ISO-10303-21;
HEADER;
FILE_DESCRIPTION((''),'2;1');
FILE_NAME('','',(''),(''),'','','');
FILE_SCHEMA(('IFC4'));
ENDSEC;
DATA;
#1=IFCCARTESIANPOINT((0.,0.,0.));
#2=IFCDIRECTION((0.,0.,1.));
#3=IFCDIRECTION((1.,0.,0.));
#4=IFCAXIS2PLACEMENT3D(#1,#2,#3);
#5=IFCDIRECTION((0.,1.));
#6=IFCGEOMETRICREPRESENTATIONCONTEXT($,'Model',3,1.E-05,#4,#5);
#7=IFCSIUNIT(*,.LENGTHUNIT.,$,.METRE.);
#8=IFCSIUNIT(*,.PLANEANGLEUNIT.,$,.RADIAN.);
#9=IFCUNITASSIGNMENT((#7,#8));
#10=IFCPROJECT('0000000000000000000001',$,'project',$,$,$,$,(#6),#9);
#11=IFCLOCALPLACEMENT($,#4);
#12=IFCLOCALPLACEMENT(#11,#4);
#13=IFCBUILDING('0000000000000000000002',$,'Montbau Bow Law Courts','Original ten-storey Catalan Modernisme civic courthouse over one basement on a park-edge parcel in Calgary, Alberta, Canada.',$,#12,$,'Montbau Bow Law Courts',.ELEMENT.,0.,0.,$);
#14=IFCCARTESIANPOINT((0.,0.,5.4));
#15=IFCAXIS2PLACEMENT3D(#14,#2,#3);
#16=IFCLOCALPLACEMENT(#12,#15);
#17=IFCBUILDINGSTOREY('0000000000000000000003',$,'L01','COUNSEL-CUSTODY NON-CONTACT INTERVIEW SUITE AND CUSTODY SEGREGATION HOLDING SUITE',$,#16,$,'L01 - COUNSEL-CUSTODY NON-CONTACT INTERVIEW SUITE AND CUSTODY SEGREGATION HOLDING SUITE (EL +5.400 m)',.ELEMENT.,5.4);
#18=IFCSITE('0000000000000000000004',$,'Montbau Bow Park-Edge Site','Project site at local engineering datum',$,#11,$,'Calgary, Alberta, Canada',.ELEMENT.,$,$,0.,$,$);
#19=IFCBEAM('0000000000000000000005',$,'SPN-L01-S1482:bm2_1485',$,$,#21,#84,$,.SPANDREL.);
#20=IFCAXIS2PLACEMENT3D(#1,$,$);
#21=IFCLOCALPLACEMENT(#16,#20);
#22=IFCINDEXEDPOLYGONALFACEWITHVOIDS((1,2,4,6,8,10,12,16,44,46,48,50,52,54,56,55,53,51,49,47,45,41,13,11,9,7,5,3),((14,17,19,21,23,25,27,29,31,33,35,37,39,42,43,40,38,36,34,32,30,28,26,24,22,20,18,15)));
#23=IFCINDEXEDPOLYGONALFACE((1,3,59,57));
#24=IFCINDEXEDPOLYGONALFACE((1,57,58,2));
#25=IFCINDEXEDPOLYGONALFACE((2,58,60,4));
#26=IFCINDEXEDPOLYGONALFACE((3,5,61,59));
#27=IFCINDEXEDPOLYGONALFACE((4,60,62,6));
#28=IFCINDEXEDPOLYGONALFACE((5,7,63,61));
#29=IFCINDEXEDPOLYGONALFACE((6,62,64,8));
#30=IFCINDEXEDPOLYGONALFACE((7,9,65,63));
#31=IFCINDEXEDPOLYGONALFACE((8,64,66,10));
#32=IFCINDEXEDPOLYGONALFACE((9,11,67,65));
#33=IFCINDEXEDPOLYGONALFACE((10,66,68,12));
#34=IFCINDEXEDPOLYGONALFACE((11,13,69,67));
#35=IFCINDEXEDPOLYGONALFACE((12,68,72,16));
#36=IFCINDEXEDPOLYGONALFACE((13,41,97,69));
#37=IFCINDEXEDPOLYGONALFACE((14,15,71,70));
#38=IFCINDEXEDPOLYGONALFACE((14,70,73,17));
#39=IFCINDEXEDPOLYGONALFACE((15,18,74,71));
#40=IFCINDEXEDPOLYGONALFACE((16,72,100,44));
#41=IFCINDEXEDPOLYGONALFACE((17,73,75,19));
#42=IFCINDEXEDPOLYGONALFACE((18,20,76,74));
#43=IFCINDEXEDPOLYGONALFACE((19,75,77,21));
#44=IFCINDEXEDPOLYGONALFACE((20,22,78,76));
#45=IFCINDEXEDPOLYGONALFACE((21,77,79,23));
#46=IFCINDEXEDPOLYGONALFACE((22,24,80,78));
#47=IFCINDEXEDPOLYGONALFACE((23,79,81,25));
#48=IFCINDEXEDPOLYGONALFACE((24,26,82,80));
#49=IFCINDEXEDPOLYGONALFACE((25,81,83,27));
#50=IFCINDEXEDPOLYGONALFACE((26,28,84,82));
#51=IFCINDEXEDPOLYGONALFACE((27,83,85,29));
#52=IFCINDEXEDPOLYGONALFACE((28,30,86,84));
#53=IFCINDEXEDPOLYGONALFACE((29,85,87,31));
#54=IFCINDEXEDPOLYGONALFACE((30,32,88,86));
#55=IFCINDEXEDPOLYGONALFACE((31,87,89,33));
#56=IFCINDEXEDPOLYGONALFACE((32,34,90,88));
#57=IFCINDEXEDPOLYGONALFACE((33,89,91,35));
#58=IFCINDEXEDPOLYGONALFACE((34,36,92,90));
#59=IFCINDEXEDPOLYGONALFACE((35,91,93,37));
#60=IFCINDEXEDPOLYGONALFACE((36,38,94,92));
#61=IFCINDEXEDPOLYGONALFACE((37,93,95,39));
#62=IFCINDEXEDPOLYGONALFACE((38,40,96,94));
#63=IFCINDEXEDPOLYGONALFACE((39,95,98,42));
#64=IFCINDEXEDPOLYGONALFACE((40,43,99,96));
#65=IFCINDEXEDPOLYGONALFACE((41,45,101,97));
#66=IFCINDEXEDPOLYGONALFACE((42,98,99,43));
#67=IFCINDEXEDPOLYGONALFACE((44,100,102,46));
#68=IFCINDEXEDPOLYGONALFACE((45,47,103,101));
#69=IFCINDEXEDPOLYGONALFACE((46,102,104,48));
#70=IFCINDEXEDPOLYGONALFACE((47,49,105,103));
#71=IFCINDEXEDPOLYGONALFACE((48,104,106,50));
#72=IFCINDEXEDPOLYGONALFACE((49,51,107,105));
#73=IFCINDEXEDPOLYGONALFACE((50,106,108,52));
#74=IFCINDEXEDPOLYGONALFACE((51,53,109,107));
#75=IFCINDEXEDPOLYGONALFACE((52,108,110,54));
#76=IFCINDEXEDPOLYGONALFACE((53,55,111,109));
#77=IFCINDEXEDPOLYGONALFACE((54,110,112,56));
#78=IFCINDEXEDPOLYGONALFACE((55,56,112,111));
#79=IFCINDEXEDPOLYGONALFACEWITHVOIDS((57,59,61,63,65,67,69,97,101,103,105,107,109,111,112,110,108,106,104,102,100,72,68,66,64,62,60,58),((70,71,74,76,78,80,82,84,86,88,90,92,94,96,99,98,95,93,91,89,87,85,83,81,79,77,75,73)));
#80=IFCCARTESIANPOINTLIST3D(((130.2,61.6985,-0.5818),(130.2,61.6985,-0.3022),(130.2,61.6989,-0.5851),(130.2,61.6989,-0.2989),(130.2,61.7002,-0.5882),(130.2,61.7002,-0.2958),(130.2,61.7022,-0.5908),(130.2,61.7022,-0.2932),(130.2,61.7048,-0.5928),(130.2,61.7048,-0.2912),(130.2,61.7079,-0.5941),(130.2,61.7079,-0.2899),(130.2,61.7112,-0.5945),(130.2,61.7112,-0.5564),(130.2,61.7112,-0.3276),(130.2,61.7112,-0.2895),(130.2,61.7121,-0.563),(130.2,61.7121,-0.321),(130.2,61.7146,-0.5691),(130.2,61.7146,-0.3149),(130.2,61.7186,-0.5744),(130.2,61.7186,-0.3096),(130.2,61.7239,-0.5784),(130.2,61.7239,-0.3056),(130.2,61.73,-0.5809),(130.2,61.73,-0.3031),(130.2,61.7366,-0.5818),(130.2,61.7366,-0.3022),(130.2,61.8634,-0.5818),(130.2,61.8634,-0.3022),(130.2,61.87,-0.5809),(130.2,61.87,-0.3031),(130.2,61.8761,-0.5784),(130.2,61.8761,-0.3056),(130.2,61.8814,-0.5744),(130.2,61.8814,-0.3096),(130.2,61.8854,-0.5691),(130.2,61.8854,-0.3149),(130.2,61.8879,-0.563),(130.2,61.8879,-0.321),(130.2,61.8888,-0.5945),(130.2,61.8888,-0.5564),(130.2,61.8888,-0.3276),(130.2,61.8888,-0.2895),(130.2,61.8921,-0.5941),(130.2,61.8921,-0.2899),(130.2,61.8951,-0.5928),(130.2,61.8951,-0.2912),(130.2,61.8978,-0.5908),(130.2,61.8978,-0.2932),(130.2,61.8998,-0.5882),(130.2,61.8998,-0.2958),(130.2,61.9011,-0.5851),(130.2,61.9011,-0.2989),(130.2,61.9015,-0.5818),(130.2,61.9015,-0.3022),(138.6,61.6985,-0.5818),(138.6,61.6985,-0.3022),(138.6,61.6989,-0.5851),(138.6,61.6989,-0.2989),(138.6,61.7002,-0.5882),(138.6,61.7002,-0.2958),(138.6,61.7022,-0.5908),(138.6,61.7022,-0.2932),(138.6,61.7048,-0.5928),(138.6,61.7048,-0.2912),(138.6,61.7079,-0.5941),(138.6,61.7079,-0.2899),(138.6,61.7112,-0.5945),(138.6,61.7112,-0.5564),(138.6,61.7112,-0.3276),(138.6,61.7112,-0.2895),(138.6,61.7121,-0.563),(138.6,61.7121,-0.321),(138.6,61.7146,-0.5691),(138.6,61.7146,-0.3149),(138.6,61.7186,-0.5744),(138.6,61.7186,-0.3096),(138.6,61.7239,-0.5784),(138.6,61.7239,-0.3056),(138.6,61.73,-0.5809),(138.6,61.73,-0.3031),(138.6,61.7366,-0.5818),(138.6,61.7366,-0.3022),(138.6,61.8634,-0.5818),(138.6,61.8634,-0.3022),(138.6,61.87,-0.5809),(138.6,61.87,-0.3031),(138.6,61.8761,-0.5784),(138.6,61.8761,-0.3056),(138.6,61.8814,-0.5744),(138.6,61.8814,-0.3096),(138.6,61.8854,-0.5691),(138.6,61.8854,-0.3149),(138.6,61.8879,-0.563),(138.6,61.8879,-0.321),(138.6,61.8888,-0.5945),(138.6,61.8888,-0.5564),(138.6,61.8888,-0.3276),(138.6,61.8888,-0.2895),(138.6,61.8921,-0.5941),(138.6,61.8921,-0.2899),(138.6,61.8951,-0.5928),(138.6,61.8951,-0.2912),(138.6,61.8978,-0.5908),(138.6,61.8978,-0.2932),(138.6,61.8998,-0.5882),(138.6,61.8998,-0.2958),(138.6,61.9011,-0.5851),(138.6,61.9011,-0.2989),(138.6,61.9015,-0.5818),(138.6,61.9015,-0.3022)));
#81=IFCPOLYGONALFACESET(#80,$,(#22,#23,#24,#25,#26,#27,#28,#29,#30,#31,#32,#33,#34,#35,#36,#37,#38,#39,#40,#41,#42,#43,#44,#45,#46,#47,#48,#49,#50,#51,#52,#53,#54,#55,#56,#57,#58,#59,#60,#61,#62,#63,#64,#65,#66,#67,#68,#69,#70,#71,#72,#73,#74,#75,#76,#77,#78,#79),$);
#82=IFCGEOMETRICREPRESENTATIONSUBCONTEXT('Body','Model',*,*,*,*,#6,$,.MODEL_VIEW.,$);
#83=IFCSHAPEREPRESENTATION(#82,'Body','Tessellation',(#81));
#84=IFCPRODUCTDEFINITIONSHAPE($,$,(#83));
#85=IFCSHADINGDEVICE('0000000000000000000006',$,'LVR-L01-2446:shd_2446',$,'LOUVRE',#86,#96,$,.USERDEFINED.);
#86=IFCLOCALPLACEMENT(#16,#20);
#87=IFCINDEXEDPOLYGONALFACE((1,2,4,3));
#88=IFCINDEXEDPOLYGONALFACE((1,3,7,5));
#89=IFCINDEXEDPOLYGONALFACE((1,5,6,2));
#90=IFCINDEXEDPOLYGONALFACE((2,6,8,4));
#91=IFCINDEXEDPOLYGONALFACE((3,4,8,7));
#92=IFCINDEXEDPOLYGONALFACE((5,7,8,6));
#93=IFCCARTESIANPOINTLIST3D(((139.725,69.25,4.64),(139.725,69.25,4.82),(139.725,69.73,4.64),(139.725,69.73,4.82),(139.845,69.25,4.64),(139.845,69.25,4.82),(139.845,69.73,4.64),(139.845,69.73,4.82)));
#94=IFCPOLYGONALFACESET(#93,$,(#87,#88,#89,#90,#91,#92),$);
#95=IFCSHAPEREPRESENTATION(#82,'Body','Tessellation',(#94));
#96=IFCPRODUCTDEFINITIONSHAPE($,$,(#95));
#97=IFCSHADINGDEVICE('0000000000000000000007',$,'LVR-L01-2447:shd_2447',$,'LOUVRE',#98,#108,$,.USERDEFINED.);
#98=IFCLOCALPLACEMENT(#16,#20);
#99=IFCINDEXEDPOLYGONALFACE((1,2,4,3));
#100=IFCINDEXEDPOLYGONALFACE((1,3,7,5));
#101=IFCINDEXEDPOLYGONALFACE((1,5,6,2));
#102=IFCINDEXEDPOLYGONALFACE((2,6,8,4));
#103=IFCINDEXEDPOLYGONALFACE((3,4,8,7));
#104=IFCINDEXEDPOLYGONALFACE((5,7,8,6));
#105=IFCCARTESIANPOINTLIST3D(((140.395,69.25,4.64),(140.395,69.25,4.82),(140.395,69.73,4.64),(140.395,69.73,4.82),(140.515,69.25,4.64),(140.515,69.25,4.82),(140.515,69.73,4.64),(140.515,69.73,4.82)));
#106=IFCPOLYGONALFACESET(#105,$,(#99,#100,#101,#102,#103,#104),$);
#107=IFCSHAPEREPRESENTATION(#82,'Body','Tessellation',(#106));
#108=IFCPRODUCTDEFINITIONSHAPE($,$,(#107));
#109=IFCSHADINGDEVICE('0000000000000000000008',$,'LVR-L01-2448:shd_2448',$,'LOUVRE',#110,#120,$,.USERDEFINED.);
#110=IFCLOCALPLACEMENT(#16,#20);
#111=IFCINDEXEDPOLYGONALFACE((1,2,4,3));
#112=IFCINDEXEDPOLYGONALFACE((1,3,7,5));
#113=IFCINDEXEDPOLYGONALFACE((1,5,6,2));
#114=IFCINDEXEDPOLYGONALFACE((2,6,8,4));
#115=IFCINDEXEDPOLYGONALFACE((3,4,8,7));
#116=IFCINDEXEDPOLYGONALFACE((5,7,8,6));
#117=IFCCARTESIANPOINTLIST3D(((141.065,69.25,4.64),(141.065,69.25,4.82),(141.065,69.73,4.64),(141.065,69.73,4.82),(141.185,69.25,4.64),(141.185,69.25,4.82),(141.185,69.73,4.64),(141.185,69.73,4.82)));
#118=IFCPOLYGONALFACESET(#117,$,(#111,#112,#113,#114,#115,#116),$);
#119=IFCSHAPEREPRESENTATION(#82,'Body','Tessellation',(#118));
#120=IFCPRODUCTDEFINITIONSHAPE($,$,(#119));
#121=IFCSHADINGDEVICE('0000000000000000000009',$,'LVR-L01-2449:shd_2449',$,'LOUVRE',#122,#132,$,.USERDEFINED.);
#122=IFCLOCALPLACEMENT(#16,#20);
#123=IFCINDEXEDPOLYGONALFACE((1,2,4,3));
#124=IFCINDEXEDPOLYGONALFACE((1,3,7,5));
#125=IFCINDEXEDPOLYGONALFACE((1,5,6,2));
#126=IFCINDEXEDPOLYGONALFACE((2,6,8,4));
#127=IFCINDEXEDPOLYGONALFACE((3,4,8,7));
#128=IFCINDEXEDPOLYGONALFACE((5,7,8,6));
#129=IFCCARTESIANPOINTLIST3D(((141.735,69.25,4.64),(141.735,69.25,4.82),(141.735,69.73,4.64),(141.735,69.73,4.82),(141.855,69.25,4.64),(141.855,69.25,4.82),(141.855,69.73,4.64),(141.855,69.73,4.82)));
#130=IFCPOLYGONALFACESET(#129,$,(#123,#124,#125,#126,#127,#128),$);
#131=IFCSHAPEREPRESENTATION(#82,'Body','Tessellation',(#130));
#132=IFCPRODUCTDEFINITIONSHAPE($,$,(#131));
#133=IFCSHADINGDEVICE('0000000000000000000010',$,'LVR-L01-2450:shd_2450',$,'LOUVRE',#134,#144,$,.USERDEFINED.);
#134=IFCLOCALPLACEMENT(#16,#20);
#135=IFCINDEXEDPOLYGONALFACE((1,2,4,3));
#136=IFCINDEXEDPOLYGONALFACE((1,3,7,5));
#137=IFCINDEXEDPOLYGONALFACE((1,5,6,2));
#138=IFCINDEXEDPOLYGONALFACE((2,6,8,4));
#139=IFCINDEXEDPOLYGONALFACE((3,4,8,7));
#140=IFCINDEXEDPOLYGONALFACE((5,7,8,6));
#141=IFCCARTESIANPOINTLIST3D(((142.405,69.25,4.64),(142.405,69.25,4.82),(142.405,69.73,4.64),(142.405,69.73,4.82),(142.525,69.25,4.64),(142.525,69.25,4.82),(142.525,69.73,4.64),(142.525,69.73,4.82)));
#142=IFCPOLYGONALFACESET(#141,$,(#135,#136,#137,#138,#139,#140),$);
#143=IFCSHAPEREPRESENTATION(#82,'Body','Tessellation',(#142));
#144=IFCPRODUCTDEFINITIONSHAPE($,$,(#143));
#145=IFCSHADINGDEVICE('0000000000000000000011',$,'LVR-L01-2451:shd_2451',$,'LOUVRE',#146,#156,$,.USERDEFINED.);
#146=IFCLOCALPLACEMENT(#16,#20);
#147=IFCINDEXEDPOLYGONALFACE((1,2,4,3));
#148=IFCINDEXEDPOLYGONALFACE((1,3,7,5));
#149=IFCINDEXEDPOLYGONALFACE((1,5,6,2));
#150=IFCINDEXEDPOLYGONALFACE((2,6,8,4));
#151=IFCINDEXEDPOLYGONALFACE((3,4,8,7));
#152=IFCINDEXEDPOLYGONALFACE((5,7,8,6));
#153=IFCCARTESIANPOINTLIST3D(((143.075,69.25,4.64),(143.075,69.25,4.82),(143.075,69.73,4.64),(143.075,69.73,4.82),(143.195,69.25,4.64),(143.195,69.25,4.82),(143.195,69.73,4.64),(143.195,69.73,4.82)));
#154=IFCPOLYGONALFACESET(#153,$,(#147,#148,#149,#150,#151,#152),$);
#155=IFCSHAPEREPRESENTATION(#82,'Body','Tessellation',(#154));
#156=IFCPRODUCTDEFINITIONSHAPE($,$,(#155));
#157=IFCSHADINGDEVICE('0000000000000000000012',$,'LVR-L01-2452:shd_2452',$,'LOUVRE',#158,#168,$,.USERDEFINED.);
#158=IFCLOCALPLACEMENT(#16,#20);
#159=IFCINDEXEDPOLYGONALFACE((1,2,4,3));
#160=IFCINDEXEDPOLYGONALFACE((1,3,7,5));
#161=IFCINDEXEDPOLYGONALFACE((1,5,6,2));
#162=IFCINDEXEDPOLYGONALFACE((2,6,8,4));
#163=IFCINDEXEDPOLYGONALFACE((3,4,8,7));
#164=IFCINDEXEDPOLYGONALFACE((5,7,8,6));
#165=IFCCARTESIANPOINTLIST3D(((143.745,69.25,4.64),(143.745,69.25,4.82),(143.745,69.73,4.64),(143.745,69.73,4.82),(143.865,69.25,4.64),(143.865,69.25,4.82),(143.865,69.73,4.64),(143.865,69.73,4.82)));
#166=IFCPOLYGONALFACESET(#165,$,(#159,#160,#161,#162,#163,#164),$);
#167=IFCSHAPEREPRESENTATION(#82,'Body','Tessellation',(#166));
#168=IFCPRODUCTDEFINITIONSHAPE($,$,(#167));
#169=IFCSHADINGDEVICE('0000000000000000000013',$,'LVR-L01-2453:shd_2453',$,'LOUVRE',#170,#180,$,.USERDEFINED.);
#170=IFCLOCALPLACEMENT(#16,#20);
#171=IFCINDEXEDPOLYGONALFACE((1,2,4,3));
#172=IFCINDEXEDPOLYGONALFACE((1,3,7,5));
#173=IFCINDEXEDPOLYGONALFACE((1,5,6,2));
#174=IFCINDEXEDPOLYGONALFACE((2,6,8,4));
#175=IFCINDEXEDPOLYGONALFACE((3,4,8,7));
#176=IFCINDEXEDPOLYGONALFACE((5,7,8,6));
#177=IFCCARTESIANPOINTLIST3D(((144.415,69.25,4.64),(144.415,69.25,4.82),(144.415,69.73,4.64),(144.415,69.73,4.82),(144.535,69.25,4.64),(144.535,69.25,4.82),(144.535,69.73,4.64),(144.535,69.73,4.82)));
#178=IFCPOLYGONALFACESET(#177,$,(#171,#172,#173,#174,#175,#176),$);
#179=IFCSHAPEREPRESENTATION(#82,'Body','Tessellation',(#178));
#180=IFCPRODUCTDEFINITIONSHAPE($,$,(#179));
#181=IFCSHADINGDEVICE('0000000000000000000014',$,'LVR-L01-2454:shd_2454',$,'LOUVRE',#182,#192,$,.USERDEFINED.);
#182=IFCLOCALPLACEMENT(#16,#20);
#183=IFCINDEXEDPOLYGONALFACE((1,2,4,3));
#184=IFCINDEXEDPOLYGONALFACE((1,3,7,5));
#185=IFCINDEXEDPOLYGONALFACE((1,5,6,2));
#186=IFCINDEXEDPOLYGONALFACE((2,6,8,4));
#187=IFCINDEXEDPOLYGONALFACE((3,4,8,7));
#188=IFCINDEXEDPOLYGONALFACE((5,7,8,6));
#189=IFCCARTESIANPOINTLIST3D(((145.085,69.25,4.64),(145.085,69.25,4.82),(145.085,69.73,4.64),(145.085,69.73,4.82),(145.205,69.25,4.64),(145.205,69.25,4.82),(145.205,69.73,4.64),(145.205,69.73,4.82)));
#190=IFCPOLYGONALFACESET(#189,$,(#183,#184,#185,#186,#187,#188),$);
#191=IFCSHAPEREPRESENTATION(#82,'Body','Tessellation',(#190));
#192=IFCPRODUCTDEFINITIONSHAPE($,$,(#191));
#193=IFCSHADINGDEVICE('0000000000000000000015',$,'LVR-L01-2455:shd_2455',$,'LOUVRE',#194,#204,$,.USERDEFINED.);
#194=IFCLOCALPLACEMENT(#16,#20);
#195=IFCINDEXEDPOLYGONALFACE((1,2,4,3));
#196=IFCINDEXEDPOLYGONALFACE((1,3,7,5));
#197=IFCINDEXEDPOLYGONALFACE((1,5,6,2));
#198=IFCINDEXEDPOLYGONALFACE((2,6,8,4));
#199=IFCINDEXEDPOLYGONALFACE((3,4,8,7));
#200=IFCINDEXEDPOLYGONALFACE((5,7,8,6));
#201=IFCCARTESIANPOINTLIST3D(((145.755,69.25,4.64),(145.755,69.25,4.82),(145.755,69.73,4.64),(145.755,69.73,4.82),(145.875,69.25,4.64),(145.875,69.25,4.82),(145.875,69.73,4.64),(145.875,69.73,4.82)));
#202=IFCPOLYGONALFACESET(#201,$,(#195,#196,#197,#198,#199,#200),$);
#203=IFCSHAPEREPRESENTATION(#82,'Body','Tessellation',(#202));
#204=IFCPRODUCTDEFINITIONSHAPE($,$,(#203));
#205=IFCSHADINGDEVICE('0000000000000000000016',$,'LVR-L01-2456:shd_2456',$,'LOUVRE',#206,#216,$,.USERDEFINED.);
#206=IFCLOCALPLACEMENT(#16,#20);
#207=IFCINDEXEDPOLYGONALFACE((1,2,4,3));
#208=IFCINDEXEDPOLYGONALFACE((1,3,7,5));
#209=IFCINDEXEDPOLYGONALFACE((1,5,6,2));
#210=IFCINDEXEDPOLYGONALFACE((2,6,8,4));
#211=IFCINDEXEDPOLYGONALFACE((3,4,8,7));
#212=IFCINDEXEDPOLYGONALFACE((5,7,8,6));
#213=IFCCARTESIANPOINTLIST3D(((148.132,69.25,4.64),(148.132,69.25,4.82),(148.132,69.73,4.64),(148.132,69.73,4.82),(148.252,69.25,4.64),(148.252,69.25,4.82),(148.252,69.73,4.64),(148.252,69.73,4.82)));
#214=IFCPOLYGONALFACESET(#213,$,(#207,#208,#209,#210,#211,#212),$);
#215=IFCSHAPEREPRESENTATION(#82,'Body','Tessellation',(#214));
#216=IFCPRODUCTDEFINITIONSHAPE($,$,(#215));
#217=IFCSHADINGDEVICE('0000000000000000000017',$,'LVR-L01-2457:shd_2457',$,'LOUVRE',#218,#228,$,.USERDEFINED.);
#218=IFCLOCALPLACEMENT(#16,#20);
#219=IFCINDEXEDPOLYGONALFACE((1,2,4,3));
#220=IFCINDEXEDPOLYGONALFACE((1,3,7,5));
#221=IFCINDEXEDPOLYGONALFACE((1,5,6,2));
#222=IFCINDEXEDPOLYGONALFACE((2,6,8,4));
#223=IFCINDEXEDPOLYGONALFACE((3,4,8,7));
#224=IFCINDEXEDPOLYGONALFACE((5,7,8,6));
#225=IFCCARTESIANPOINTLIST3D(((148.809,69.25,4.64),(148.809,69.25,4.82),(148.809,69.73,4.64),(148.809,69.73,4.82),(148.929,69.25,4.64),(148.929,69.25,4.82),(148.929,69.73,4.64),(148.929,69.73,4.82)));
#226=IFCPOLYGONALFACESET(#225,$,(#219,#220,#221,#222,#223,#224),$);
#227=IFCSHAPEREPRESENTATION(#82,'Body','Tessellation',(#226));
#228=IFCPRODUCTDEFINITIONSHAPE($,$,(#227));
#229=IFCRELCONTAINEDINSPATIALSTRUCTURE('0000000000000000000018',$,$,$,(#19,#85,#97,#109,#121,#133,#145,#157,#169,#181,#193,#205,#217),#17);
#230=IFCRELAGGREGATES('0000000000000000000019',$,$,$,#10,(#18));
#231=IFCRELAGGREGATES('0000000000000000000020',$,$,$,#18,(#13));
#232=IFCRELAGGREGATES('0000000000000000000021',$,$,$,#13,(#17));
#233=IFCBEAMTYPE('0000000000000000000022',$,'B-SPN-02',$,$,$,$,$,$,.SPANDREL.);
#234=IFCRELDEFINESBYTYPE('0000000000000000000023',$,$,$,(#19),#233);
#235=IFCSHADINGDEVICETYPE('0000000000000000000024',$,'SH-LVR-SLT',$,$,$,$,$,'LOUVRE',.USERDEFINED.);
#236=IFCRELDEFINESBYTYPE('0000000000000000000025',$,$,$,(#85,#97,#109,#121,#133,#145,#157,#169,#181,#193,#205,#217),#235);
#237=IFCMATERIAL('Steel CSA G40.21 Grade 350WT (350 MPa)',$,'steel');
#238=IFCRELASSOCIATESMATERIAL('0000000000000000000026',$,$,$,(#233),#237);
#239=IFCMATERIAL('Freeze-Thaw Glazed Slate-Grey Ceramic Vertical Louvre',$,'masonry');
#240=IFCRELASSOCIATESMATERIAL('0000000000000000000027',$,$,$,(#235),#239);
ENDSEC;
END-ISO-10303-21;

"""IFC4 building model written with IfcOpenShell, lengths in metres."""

from ifc_helpers import new_model, si_unit, direction, frame, origin_with_axes, origin_2d_with_axis, place, context, subcontext, project, spatial, rectangle, hollow_rectangle, extrude, material, material_profile, profile_set, type_object, element, save


model = new_model("IFC4")

# Units and contexts
model_context = context("Model", 3, precision=1e-05, world=origin_with_axes(), true_north=direction((0.0, 1.0)))
body_context = subcontext(model_context, "Body", "Model", "MODEL_VIEW")
ifc_project = project(units=[si_unit("LENGTHUNIT", "METRE"), si_unit("PLANEANGLEUNIT", "RADIAN")], contexts=[model_context])

# Site, building, storey
site_placement = place(None, origin_with_axes())
site = spatial("IfcSite", under=ifc_project, at=site_placement, Name="Montbau Bow Park-Edge Site", Description="Project site at local engineering datum", LongName="Calgary, Alberta, Canada", CompositionType="ELEMENT", RefElevation=0.0)
building_placement = place(site_placement, origin_with_axes())
building = spatial("IfcBuilding", under=site, at=building_placement, Name="Montbau Bow Law Courts", Description="Original ten-storey Catalan Modernisme civic courthouse over one basement on a park-edge parcel in Calgary, Alberta, Canada.", LongName="Montbau Bow Law Courts", CompositionType="ELEMENT", ElevationOfRefHeight=0.0, ElevationOfTerrain=0.0)
storey_placement = place(building_placement, frame((0.0, 0.0, 5.4), z_axis=(0.0, 0.0, 1.0), x_axis=(1.0, 0.0, 0.0)))
storey = spatial("IfcBuildingStorey", under=building, at=storey_placement, Name="L01", Description="COUNSEL-CUSTODY NON-CONTACT INTERVIEW SUITE AND CUSTODY SEGREGATION HOLDING SUITE", LongName="L01 - COUNSEL-CUSTODY NON-CONTACT INTERVIEW SUITE AND CUSTODY SEGREGATION HOLDING SUITE (EL +5.400 m)", CompositionType="ELEMENT", Elevation=5.4)

# Beam
ifc_material_1 = material(Name="Steel CSA G40.21 Grade 350WT (350 MPa)", Category="steel")
ifc_material_profile_1 = material_profile(ifc_material_1, hollow_rectangle(XDim=0.203, YDim=0.305, WallThickness=0.0127, InnerFilletRadius=0.0254, OuterFilletRadius=0.0127, at=origin_2d_with_axis()), Name="HSS305X203X13", Category="Main", Priority=0)
ifc_profile_set_1 = profile_set([ifc_material_profile_1], Name="Steel CSA G40.21 Grade 350WT (350 MPa)")
beam_type_1 = type_object("IfcBeamType", Name="B-SPN-02", PredefinedType="SPANDREL", material=ifc_profile_set_1)
for number, where, z_axis, x_axis, name in (
    (1, (130.2, 61.8, 4.958), (1.0, 0.0, 0.0), (0.0, 1.0, 0.0), "SPN-L01-S1482:bm2_1485"),
):
    element("IfcBeam", number, at=place(None, frame(where, z_axis=z_axis, x_axis=x_axis)), inside=storey, type_object=beam_type_1, Name=name, PredefinedType="SPANDREL", context=body_context, shape_type="SweptSolid", body=[
        extrude(hollow_rectangle(XDim=0.203, YDim=0.305, WallThickness=0.0127, InnerFilletRadius=0.0254, OuterFilletRadius=0.0127, at=origin_2d_with_axis()), origin_with_axes(), (0.0, 0.0, 1.0), 8.4),
    ])

# Shading devices
ifc_material_2 = material(Name="Freeze-Thaw Glazed Slate-Grey Ceramic Vertical Louvre", Category="masonry")
shading_device_type = type_object("IfcShadingDeviceType", Name="SH-LVR-SLT", ElementType="LOUVRE", PredefinedType="USERDEFINED", material=ifc_material_2)
for number, where, z_axis, x_axis, name in (
    (2, (139.785, 69.49, 10.04), (0.0, 0.0, 1.0), (0.0, -1.0, 0.0), "LVR-L01-2446:shd_2446"),
    (3, (140.455, 69.49, 10.04), (0.0, 0.0, 1.0), (0.0, -1.0, 0.0), "LVR-L01-2447:shd_2447"),
    (4, (141.125, 69.49, 10.04), (0.0, 0.0, 1.0), (0.0, -1.0, 0.0), "LVR-L01-2448:shd_2448"),
    (5, (141.795, 69.49, 10.04), (0.0, 0.0, 1.0), (0.0, -1.0, 0.0), "LVR-L01-2449:shd_2449"),
    (6, (142.465, 69.49, 10.04), (0.0, 0.0, 1.0), (0.0, -1.0, 0.0), "LVR-L01-2450:shd_2450"),
    (7, (143.135, 69.49, 10.04), (0.0, 0.0, 1.0), (0.0, -1.0, 0.0), "LVR-L01-2451:shd_2451"),
    (8, (143.805, 69.49, 10.04), (0.0, 0.0, 1.0), (0.0, -1.0, 0.0), "LVR-L01-2452:shd_2452"),
    (9, (144.475, 69.49, 10.04), (0.0, 0.0, 1.0), (0.0, -1.0, 0.0), "LVR-L01-2453:shd_2453"),
    (10, (145.145, 69.49, 10.04), (0.0, 0.0, 1.0), (0.0, -1.0, 0.0), "LVR-L01-2454:shd_2454"),
    (11, (145.815, 69.49, 10.04), (0.0, 0.0, 1.0), (0.0, -1.0, 0.0), "LVR-L01-2455:shd_2455"),
    (12, (148.192, 69.49, 10.04), (0.0, 0.0, 1.0), (0.0, -1.0, 0.0), "LVR-L01-2456:shd_2456"),
    (13, (148.869, 69.49, 10.04), (0.0, 0.0, 1.0), (0.0, -1.0, 0.0), "LVR-L01-2457:shd_2457"),
):
    element("IfcShadingDevice", number, at=place(None, frame(where, z_axis=z_axis, x_axis=x_axis)), inside=storey, type_object=shading_device_type, Name=name, ObjectType="LOUVRE", PredefinedType="USERDEFINED", context=body_context, shape_type="SweptSolid", body=[
        extrude(rectangle(XDim=0.48, YDim=0.12, at=origin_2d_with_axis()), origin_with_axes(), (0.0, 0.0, 1.0), 0.18),
    ])

save(model, "model.ifc")
